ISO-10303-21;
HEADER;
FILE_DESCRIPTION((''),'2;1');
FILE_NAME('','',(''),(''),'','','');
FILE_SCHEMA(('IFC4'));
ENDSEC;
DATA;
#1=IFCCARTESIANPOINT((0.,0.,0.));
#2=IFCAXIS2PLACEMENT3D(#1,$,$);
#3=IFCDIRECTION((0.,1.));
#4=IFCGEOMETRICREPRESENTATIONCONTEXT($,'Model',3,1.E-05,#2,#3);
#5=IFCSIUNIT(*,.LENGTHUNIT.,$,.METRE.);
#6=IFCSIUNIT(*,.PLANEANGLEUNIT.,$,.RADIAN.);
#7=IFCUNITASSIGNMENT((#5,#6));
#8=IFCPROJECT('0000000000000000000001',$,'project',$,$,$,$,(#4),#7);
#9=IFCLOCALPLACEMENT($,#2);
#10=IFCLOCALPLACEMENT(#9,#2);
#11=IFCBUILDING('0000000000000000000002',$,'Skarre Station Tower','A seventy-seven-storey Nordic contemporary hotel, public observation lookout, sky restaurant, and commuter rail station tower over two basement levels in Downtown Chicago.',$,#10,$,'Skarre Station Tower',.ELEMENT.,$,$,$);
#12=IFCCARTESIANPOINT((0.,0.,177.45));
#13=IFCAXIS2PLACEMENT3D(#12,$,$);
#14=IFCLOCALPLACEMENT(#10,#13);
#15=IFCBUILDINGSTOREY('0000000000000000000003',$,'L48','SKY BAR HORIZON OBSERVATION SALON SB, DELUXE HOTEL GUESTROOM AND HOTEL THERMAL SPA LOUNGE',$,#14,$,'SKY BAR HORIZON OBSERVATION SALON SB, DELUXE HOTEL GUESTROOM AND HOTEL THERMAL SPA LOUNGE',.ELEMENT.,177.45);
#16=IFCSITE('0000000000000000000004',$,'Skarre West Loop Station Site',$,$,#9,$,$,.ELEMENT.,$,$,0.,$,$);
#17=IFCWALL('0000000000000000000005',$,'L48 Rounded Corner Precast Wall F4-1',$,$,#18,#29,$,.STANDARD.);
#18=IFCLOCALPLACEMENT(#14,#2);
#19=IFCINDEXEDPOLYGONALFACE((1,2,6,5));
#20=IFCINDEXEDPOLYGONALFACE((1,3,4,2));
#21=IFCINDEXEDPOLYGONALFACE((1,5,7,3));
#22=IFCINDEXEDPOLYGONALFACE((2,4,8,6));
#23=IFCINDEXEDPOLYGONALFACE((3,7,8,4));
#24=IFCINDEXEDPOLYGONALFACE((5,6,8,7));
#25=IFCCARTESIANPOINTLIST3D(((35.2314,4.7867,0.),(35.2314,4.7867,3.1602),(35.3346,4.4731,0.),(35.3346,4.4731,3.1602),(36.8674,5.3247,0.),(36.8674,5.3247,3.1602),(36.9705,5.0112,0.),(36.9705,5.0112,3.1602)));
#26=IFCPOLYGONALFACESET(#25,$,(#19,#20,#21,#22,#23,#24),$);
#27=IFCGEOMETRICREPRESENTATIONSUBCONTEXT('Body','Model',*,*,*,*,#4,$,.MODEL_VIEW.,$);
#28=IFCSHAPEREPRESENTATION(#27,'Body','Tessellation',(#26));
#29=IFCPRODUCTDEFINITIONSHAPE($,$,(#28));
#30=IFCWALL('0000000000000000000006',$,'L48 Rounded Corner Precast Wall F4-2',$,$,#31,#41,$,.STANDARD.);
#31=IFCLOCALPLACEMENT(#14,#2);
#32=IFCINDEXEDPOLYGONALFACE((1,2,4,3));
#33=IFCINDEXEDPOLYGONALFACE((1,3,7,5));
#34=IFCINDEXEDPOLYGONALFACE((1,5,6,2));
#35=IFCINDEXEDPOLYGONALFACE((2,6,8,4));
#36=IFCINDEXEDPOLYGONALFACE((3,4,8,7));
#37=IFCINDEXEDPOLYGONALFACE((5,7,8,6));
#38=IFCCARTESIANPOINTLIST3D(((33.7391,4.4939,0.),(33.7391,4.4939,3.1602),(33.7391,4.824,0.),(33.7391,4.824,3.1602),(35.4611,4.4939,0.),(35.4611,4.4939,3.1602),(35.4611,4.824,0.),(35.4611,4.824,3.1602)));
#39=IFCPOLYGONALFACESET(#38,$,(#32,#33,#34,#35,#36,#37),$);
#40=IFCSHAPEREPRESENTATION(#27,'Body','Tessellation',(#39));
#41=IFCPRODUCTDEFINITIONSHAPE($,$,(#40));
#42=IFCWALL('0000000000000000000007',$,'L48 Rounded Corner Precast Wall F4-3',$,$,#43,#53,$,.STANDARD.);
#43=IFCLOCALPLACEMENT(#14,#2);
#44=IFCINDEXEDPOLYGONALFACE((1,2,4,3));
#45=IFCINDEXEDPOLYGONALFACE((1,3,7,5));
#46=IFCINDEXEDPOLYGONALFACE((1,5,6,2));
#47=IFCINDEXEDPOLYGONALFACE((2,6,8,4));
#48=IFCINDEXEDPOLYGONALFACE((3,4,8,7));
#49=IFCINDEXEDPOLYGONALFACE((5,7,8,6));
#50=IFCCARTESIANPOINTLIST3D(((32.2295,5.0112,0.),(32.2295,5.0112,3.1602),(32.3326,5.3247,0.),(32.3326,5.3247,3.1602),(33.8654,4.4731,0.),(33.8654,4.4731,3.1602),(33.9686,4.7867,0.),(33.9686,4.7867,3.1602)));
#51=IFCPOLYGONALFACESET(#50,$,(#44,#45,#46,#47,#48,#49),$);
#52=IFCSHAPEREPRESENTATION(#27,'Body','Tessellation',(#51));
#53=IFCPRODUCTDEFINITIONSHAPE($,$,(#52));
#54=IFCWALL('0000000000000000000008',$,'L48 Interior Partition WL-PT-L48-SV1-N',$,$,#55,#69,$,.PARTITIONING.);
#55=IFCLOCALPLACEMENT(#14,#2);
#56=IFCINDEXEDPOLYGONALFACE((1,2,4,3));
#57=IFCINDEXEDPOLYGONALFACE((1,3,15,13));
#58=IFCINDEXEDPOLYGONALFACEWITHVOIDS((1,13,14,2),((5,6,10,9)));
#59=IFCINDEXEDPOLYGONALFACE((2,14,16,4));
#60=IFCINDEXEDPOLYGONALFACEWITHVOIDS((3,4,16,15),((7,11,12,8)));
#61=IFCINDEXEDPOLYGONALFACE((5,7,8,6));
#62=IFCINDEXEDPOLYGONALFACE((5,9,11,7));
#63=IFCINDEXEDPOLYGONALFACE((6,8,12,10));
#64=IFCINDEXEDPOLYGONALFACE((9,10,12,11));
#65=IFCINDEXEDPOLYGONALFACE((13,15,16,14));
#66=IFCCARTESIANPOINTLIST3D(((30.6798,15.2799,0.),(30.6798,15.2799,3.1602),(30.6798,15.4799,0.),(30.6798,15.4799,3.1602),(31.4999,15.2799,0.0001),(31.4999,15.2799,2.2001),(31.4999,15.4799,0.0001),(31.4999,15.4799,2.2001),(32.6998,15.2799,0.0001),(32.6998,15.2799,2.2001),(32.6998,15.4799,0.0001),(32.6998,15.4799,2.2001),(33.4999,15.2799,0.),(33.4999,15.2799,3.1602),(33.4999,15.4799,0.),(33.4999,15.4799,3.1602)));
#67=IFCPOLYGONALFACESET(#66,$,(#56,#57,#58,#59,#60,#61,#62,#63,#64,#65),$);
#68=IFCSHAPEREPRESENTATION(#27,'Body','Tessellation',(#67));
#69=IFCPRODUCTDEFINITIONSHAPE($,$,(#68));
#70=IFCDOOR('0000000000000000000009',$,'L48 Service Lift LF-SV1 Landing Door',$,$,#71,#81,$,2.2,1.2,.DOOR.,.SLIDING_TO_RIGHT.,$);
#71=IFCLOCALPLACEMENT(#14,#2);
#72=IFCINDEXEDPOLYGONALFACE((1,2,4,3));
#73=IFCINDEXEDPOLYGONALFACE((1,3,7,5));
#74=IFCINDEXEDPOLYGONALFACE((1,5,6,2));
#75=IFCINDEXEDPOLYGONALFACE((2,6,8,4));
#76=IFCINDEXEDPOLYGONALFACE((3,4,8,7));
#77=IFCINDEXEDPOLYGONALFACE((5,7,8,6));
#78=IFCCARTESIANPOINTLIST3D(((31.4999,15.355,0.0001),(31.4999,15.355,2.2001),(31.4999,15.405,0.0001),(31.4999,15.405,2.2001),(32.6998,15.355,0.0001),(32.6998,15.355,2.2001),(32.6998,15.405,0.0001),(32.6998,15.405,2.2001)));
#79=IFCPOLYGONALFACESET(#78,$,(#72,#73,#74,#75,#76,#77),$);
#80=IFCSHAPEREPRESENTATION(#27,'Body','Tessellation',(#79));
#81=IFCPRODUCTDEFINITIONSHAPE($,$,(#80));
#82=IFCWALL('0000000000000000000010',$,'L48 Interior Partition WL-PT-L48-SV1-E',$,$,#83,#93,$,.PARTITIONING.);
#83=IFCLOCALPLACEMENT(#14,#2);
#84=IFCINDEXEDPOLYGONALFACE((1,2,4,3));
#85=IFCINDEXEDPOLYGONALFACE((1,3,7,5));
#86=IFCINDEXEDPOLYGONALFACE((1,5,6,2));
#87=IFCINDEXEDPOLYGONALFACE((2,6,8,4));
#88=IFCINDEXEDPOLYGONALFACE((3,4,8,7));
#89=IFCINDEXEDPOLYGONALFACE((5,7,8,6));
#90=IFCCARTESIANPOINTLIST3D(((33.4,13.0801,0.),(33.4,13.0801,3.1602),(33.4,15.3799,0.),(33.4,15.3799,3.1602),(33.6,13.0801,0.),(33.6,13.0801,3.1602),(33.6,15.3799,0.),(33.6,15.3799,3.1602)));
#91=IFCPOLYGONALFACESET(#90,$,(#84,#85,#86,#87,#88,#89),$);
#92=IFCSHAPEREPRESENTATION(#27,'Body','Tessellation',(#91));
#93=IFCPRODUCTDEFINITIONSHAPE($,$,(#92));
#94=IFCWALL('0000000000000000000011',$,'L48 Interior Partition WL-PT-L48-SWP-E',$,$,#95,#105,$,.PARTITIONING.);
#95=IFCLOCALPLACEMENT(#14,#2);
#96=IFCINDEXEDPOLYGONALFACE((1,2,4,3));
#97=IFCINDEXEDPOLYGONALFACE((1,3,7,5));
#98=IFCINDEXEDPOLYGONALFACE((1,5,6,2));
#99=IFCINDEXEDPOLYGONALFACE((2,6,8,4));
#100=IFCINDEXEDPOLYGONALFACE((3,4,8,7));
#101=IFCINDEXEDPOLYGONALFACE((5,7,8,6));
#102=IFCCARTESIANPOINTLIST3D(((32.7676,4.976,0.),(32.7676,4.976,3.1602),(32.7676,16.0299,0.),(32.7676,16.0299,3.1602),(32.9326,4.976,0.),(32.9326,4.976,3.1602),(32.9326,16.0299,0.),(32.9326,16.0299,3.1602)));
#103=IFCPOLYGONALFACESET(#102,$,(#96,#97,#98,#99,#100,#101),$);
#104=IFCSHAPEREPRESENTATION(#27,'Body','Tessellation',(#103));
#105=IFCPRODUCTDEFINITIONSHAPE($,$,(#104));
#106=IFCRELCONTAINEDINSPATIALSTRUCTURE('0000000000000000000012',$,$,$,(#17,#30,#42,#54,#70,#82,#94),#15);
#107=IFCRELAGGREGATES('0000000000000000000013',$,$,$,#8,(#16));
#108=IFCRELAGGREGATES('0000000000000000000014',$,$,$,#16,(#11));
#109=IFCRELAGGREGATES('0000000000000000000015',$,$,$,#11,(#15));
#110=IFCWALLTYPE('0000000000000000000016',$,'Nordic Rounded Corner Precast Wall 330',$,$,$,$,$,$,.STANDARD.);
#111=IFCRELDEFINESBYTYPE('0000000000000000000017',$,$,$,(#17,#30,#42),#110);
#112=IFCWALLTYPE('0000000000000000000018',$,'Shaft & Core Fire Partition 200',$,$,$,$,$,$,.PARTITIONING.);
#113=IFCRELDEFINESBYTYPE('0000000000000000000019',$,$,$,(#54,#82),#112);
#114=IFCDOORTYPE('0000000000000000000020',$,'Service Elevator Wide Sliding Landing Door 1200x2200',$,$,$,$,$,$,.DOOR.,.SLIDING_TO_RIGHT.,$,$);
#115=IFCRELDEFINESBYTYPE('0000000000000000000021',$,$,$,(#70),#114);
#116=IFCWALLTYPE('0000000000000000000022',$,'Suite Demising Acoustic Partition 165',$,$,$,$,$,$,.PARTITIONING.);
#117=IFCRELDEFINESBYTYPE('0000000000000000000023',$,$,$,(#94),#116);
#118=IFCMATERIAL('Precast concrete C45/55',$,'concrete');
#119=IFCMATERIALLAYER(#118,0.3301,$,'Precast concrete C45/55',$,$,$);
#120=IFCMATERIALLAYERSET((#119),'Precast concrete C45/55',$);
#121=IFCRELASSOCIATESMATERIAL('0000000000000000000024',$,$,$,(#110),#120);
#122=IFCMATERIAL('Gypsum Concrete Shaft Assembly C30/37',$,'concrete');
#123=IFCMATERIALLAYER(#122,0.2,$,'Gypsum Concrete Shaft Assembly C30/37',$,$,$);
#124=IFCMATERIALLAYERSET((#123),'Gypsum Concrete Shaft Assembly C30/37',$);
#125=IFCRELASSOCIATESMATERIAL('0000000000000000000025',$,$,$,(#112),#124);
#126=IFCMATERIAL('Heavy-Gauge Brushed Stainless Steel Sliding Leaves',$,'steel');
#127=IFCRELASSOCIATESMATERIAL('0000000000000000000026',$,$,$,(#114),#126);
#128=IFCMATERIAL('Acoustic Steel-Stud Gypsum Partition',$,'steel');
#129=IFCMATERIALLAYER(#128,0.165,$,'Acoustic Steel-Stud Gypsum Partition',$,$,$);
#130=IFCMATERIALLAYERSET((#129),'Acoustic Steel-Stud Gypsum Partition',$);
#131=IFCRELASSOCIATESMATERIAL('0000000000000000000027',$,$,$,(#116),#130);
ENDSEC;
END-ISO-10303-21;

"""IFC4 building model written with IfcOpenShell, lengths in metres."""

from ifc_helpers import new_model, si_unit, direction, frame, frame_2d, origin, place, context, subcontext, project, spatial, rectangle, extrude, material, layer, layer_set, type_object, element, fill, save


model = new_model("IFC4")

# Units and contexts
model_context = context("Model", 3, precision=1e-05, world=origin(), true_north=direction((0.0, 1.0)))
body_context = subcontext(model_context, "Body", "Model", "MODEL_VIEW")
ifc_project = project(units=[si_unit("LENGTHUNIT", "METRE"), si_unit("PLANEANGLEUNIT", "RADIAN")], contexts=[model_context])

# Site, building, storey
site_placement = place(None, origin())
site = spatial("IfcSite", under=ifc_project, at=site_placement, Name="Skarre West Loop Station Site", CompositionType="ELEMENT", RefElevation=0.0)
building_placement = place(site_placement, origin())
building = spatial("IfcBuilding", under=site, at=building_placement, Name="Skarre Station Tower", Description="A seventy-seven-storey Nordic contemporary hotel, public observation lookout, sky restaurant, and commuter rail station tower over two basement levels in Downtown Chicago.", LongName="Skarre Station Tower", CompositionType="ELEMENT")
storey_placement = place(building_placement, frame((0.0, 0.0, 177.45)))
storey = spatial("IfcBuildingStorey", under=building, at=storey_placement, Name="L48", Description="SKY BAR HORIZON OBSERVATION SALON SB, DELUXE HOTEL GUESTROOM AND HOTEL THERMAL SPA LOUNGE", LongName="SKY BAR HORIZON OBSERVATION SALON SB, DELUXE HOTEL GUESTROOM AND HOTEL THERMAL SPA LOUNGE", CompositionType="ELEMENT", Elevation=177.45)

# Shared definitions
ifc_material_1 = material(Name="Acoustic Steel-Stud Gypsum Partition", Category="steel")

# Walls
ifc_material_2 = material(Name="Precast concrete C45/55", Category="concrete")
ifc_layer_1 = layer(ifc_material_2, 0.3301, Name="Precast concrete C45/55")
ifc_layer_set_1 = layer_set([ifc_layer_1], Name="Precast concrete C45/55")
wall_type_1 = type_object("IfcWallType", Name="Nordic Rounded Corner Precast Wall 330", PredefinedType="STANDARD", material=ifc_layer_set_1)
wall_1_placement = place(storey_placement, frame((36.9189, 5.168, 0.0), z_axis=(0.0, 0.0, 1.0), x_axis=(-0.949937, -0.31244, 0.0)))
element("IfcWall", 1, at=wall_1_placement, inside=storey, type_object=wall_type_1, Name="L48 Rounded Corner Precast Wall F4-1", PredefinedType="STANDARD", context=body_context, shape_type="SweptSolid", body=[
    extrude(rectangle(XDim=1.7222, YDim=0.3301, at=frame_2d((0.8611, 0.0))), origin(), (0.0, 0.0, 1.0), 3.1602),
])
wall_2_placement = place(storey_placement, frame((35.4609, 4.6589, 0.0), z_axis=(0.0, 0.0, 1.0), x_axis=(-1.0, 0.0, 0.0)))
element("IfcWall", 2, at=wall_2_placement, inside=storey, type_object=wall_type_1, Name="L48 Rounded Corner Precast Wall F4-2", PredefinedType="STANDARD", context=body_context, shape_type="SweptSolid", body=[
    extrude(rectangle(XDim=1.7219, YDim=0.3301, at=frame_2d((0.8608, 0.0))), origin(), (0.0, 0.0, 1.0), 3.1602),
])
wall_3_placement = place(storey_placement, frame((33.917, 4.6299, 0.0), z_axis=(0.0, 0.0, 1.0), x_axis=(-0.949937, 0.31244, 0.0)))
element("IfcWall", 3, at=wall_3_placement, inside=storey, type_object=wall_type_1, Name="L48 Rounded Corner Precast Wall F4-3", PredefinedType="STANDARD", context=body_context, shape_type="SweptSolid", body=[
    extrude(rectangle(XDim=1.7222, YDim=0.3301, at=frame_2d((0.8611, 0.0))), origin(), (0.0, 0.0, 1.0), 3.1602),
])

# Wall, opening, door
ifc_material_3 = material(Name="Gypsum Concrete Shaft Assembly C30/37", Category="concrete")
ifc_layer_2 = layer(ifc_material_3, 0.2, Name="Gypsum Concrete Shaft Assembly C30/37")
ifc_layer_set_2 = layer_set([ifc_layer_2], Name="Gypsum Concrete Shaft Assembly C30/37")
wall_type_2 = type_object("IfcWallType", Name="Shaft & Core Fire Partition 200", PredefinedType="PARTITIONING", material=ifc_layer_set_2)
wall_4_placement = place(storey_placement, frame((33.5, 15.3799, 0.0), z_axis=(0.0, 0.0, 1.0), x_axis=(-1.0, 0.0, 0.0)))
wall_4 = element("IfcWall", 4, at=wall_4_placement, inside=storey, type_object=wall_type_2, Name="L48 Interior Partition WL-PT-L48-SV1-N", PredefinedType="PARTITIONING", context=body_context, shape_type="SweptSolid", body=[
    extrude(rectangle(XDim=2.8201, YDim=0.2, at=frame_2d((1.4102, 0.0))), origin(), (0.0, 0.0, 1.0), 3.1602),
])
opening_1_placement = place(wall_4_placement, frame((0.8, 0.0, 0.0)))
opening_1 = element("IfcOpeningElement", 5, at=opening_1_placement, cuts=wall_4, PredefinedType="OPENING", context=body_context, shape_type="SweptSolid", body=[
    extrude(rectangle(XDim=1.2, YDim=2.2, at=frame_2d((0.6001, 1.1001))), frame((0.0, 0.1099, 0.0), z_axis=(0.0, -1.0, 0.0), x_axis=(1.0, 0.0, 0.0)), (0.0, 0.0, 1.0), 0.22),
])
ifc_material_4 = material(Name="Heavy-Gauge Brushed Stainless Steel Sliding Leaves", Category="steel")
door_type_1 = type_object("IfcDoorType", Name="Service Elevator Wide Sliding Landing Door 1200x2200", OperationType="SLIDING_TO_RIGHT", PredefinedType="DOOR", material=ifc_material_4)
door_1_placement = place(opening_1_placement, origin())
door_1 = element("IfcDoor", 6, at=door_1_placement, inside=storey, type_object=door_type_1, Name="L48 Service Lift LF-SV1 Landing Door", OperationType="SLIDING_TO_RIGHT", OverallHeight=2.2, OverallWidth=1.2, PredefinedType="DOOR", context=body_context, shape_type="SweptSolid", body=[
    extrude(rectangle(XDim=1.2, YDim=2.2, at=frame_2d((0.6001, 1.1001))), frame((0.0, 0.0249, 0.0), z_axis=(0.0, -1.0, 0.0), x_axis=(1.0, 0.0, 0.0)), (0.0, 0.0, 1.0), 0.05),
])
fill(opening_1, door_1)

# Walls
wall_5_placement = place(storey_placement, frame((33.5, 13.0801, 0.0), z_axis=(0.0, 0.0, 1.0), x_axis=(0.0, 1.0, 0.0)))
element("IfcWall", 7, at=wall_5_placement, inside=storey, type_object=wall_type_2, Name="L48 Interior Partition WL-PT-L48-SV1-E", PredefinedType="PARTITIONING", context=body_context, shape_type="SweptSolid", body=[
    extrude(rectangle(XDim=2.2998, YDim=0.2, at=frame_2d((1.1499, 0.0))), origin(), (0.0, 0.0, 1.0), 3.1602),
])
ifc_layer_3 = layer(ifc_material_1, 0.165, Name="Acoustic Steel-Stud Gypsum Partition")
ifc_layer_set_3 = layer_set([ifc_layer_3], Name="Acoustic Steel-Stud Gypsum Partition")
wall_type_3 = type_object("IfcWallType", Name="Suite Demising Acoustic Partition 165", PredefinedType="PARTITIONING", material=ifc_layer_set_3)
wall_6_placement = place(storey_placement, frame((32.8501, 4.9761, 0.0), z_axis=(0.0, 0.0, 1.0), x_axis=(0.0, 1.0, 0.0)))
element("IfcWall", 8, at=wall_6_placement, inside=storey, type_object=wall_type_3, Name="L48 Interior Partition WL-PT-L48-SWP-E", PredefinedType="PARTITIONING", context=body_context, shape_type="SweptSolid", body=[
    extrude(rectangle(XDim=11.054, YDim=0.165, at=frame_2d((5.5269, 0.0))), origin(), (0.0, 0.0, 1.0), 3.1602),
])

save(model, "model.ifc")
